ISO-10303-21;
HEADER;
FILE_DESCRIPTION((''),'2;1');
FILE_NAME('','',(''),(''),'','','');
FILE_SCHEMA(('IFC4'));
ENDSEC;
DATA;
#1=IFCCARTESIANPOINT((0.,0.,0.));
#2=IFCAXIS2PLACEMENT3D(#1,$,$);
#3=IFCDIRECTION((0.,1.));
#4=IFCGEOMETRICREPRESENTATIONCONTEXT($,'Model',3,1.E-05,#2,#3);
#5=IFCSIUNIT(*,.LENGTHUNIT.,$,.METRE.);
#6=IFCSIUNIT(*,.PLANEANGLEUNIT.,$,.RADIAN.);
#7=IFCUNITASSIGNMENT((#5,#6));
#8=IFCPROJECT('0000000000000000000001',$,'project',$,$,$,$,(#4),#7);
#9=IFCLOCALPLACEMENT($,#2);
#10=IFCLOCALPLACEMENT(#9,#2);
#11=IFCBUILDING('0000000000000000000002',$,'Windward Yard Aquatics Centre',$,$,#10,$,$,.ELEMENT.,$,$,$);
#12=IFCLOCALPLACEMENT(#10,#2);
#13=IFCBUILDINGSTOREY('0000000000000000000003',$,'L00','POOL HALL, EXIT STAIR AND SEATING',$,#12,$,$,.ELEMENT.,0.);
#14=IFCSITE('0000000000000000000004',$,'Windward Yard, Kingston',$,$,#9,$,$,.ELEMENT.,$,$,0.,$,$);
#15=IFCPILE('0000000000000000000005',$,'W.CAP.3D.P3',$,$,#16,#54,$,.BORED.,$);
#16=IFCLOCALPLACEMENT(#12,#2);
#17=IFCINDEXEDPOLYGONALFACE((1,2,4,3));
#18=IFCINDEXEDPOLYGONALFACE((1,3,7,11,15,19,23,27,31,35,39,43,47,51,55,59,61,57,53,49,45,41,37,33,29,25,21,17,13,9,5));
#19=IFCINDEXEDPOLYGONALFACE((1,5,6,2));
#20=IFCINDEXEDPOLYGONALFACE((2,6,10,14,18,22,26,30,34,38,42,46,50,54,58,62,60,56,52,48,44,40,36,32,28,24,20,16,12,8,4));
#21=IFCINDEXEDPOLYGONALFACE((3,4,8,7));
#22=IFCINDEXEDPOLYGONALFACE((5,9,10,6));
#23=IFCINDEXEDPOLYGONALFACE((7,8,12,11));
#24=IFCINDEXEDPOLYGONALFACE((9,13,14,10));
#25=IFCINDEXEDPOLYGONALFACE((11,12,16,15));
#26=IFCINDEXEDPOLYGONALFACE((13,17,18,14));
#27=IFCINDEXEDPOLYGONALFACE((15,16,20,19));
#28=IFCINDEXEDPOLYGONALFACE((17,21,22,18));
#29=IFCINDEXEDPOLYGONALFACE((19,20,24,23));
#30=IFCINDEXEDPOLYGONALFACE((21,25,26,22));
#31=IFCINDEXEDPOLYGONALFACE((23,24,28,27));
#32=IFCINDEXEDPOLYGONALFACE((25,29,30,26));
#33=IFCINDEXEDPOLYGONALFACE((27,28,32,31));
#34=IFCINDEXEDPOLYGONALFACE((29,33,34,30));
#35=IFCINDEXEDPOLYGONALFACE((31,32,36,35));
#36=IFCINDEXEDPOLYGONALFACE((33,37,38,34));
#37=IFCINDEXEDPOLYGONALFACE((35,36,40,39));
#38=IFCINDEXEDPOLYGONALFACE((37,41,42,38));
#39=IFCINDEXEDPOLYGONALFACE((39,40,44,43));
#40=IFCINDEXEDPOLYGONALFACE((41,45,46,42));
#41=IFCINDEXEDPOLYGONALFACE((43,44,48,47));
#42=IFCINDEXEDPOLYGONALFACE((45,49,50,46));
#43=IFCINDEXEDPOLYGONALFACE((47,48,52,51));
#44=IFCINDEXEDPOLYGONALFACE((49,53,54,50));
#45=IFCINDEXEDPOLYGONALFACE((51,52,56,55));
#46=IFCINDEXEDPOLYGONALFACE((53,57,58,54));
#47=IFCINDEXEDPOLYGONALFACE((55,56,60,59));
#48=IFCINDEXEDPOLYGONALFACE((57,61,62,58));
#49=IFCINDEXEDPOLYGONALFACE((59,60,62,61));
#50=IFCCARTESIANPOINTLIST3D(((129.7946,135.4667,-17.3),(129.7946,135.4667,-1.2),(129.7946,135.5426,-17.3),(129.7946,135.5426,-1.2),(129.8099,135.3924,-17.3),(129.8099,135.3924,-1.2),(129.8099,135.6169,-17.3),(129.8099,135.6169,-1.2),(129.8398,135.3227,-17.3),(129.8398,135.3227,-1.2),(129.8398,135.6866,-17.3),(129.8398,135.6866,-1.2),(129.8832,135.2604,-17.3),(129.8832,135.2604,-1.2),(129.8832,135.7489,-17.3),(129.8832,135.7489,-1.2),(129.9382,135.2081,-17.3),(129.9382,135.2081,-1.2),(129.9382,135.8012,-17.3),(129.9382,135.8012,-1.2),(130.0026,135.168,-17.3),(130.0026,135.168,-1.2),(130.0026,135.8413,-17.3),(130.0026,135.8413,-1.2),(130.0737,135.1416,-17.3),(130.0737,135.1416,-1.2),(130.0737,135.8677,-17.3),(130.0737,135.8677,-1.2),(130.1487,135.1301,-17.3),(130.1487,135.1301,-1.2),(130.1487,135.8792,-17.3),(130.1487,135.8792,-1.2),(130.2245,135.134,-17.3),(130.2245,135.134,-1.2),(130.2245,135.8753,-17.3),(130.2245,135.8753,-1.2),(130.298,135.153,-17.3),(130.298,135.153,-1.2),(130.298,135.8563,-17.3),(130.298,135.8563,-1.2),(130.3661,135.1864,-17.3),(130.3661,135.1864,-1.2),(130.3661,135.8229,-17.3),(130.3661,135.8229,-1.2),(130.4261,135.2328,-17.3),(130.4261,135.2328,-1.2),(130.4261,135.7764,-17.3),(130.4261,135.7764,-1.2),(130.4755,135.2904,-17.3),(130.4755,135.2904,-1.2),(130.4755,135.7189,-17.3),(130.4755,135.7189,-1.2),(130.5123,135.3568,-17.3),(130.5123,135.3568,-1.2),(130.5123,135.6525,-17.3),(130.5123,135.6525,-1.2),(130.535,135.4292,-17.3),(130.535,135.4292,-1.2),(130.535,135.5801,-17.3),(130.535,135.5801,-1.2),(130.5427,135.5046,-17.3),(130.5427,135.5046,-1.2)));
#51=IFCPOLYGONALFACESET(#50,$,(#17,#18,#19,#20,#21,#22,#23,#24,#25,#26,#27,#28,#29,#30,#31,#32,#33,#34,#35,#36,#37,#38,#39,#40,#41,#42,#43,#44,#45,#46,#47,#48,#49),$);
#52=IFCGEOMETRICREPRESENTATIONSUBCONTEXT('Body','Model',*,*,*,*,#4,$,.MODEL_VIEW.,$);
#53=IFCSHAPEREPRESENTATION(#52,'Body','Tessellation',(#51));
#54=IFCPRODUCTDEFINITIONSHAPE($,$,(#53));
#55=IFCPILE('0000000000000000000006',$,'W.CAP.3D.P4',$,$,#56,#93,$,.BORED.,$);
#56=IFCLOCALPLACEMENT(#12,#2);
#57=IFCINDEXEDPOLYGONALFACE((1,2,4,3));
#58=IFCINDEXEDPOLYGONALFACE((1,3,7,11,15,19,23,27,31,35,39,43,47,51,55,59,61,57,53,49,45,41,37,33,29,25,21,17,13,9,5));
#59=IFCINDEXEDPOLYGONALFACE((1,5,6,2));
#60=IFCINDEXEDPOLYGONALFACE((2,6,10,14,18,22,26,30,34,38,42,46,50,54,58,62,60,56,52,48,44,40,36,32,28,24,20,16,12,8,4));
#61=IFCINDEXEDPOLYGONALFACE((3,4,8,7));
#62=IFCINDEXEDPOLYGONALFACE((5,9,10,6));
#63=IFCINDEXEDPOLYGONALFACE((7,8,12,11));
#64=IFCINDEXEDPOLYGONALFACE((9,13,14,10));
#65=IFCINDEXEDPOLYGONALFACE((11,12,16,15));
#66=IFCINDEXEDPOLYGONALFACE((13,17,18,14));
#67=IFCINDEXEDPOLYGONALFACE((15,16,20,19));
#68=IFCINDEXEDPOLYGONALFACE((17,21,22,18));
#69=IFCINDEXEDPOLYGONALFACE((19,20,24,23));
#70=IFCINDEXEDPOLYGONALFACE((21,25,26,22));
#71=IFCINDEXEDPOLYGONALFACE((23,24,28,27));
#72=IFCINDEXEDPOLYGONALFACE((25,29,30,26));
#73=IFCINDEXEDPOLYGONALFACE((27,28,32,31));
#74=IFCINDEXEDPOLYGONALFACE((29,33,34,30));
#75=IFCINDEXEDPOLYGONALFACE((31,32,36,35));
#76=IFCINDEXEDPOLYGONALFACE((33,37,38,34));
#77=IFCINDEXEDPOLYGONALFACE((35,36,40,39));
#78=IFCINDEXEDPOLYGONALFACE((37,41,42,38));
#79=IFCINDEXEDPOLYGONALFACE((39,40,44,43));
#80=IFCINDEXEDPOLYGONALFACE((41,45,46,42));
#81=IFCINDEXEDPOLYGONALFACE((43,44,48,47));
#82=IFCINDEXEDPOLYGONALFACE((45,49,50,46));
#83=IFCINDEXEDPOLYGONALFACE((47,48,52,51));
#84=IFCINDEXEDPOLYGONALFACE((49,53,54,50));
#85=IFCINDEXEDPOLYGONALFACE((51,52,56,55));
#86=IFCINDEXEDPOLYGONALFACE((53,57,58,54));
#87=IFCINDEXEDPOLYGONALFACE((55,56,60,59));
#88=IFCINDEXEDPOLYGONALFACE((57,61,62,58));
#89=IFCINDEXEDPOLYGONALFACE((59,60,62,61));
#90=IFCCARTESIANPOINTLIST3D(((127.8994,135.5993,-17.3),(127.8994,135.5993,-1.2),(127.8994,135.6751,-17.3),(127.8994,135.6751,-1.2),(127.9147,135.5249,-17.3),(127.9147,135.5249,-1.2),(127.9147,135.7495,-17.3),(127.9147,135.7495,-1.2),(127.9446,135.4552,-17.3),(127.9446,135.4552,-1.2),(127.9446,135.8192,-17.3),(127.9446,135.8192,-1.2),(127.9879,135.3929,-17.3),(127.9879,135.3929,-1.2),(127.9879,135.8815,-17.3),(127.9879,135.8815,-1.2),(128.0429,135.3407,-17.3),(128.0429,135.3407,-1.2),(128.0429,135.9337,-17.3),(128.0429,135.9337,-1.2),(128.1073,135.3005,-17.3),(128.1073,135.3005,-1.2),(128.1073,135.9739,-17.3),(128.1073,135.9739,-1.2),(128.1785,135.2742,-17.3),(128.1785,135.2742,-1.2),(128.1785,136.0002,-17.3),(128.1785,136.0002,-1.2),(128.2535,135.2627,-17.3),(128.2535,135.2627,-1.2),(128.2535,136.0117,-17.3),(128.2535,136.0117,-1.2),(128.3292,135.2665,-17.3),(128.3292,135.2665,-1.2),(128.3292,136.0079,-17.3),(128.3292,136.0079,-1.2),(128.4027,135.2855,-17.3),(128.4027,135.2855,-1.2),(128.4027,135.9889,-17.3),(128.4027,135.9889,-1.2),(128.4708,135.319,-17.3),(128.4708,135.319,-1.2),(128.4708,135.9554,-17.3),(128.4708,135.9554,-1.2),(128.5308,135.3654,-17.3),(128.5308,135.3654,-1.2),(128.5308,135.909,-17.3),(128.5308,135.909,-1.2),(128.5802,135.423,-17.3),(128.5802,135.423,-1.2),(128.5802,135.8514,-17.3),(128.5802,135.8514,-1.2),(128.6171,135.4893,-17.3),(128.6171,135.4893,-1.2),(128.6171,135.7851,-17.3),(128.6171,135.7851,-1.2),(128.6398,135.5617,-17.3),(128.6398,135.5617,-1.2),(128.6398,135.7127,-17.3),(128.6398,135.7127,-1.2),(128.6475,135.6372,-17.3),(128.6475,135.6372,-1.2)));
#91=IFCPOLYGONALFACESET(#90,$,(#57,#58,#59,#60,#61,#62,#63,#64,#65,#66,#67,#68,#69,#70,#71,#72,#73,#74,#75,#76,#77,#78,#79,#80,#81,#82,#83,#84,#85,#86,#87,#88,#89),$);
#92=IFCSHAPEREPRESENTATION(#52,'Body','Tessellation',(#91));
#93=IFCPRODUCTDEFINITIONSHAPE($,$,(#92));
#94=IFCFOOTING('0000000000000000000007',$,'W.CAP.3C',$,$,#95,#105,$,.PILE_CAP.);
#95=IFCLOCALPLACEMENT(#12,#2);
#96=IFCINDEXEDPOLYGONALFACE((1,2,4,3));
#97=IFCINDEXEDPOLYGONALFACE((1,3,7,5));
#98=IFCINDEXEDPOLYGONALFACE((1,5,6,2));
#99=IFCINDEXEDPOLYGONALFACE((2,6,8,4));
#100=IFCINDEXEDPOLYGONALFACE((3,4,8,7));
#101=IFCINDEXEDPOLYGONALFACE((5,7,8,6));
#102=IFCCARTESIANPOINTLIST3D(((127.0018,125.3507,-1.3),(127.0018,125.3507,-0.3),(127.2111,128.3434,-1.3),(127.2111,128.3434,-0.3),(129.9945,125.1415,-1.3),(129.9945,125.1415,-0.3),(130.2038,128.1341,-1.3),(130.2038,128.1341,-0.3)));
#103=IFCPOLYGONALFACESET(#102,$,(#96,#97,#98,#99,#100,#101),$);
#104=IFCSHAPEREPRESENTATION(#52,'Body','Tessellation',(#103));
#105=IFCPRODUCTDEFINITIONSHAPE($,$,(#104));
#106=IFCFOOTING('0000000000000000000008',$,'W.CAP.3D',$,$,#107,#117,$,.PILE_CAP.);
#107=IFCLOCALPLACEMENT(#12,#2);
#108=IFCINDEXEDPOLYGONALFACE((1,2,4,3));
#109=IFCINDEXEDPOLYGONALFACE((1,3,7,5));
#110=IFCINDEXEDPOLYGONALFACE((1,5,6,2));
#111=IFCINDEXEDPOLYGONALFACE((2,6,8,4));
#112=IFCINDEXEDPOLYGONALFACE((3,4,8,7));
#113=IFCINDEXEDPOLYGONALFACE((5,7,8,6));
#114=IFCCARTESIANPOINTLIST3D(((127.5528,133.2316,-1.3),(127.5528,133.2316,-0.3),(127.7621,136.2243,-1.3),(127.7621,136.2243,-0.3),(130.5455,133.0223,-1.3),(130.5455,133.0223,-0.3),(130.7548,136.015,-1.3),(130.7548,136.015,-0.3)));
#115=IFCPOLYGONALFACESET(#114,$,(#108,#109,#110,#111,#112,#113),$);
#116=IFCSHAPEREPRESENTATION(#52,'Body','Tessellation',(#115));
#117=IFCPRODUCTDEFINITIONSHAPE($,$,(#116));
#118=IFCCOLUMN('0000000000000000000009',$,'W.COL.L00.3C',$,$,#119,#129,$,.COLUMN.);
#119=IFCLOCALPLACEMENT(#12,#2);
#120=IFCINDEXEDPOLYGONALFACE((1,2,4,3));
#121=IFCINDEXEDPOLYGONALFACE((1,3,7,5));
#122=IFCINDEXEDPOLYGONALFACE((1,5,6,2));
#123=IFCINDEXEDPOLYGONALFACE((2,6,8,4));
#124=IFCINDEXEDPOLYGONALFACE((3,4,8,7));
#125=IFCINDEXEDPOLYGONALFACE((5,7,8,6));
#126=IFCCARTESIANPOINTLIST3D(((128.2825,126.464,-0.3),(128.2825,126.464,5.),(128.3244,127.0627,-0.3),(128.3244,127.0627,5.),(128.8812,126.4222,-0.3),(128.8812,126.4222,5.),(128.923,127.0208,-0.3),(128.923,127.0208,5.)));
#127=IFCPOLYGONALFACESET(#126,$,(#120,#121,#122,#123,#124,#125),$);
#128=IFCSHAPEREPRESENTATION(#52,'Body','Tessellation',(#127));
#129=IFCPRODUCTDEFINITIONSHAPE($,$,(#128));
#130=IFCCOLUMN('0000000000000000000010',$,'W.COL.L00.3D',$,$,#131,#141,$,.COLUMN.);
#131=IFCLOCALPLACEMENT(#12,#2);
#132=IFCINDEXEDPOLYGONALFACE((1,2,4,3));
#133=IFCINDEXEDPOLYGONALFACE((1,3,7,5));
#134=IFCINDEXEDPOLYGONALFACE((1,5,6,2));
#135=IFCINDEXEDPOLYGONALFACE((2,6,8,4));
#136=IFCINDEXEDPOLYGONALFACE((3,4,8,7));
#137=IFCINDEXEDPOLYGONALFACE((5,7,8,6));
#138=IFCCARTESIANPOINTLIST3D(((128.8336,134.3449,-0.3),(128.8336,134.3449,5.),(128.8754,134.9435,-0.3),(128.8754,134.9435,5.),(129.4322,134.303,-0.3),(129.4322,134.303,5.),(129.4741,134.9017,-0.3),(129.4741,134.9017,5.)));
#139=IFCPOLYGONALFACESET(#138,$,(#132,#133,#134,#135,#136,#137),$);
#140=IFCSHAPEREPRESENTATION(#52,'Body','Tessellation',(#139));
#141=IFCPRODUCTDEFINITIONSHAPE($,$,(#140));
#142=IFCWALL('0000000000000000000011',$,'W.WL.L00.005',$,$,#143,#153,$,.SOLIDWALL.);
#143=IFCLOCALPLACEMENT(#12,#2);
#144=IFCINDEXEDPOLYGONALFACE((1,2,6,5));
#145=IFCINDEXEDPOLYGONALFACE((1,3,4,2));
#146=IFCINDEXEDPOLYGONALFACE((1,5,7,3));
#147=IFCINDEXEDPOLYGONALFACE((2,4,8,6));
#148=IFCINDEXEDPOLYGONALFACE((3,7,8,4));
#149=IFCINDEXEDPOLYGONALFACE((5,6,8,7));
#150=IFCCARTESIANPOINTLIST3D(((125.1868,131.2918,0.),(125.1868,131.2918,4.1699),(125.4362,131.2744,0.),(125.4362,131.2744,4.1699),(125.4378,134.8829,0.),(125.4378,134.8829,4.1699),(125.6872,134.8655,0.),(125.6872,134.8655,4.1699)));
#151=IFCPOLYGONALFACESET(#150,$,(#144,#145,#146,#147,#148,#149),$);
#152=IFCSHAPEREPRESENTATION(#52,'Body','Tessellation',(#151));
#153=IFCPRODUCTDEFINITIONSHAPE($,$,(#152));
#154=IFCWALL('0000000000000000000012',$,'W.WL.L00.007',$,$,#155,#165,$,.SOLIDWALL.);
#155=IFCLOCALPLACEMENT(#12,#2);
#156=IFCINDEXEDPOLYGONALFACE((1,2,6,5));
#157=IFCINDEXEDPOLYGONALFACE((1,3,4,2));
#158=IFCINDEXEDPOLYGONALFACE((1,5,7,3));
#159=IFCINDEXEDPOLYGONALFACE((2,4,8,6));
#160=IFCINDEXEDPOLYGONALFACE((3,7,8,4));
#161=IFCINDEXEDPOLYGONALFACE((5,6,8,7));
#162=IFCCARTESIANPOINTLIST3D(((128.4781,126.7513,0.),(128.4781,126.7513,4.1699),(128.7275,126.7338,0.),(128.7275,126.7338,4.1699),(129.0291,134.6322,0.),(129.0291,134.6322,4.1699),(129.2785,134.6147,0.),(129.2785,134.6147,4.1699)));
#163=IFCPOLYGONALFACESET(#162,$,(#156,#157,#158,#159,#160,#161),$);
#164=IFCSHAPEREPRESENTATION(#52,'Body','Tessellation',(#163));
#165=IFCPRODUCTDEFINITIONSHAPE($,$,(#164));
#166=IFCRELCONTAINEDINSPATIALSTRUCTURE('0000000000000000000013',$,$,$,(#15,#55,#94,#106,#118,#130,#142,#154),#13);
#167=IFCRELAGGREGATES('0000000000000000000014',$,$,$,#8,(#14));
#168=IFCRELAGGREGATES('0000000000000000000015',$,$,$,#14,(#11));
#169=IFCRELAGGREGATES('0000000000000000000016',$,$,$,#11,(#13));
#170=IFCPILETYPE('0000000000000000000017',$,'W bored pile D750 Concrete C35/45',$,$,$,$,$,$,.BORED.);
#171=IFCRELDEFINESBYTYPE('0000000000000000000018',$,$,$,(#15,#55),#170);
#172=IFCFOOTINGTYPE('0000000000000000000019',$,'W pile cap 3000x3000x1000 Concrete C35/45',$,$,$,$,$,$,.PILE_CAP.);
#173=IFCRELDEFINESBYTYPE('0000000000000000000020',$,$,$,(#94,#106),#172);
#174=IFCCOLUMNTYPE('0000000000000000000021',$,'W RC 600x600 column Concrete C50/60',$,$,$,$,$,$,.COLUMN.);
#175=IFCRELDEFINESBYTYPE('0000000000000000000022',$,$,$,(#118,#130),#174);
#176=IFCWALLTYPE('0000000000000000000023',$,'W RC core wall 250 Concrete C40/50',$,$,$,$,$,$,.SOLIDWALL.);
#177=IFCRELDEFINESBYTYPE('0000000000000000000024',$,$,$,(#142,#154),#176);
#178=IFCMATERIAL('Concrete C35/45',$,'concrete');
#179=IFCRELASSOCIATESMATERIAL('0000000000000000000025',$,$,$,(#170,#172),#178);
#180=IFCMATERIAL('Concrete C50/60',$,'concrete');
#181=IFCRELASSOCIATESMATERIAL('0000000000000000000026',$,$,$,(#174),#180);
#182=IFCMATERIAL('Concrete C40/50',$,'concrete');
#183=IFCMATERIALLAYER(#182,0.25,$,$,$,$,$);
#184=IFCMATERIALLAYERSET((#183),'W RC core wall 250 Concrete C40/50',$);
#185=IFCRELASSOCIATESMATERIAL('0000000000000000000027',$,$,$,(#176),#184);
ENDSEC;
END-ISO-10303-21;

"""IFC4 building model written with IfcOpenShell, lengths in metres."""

from ifc_helpers import new_model, si_unit, direction, frame, frame_2d, origin, origin_2d, place, context, subcontext, project, spatial, rectangle, circle, extrude, material, layer, layer_set, material_profile, profile_set, type_object, element, save


model = new_model("IFC4")

# Units and contexts
model_context = context("Model", 3, precision=1e-05, world=origin(), true_north=direction((0.0, 1.0)))
body_context = subcontext(model_context, "Body", "Model", "MODEL_VIEW")
ifc_project = project(units=[si_unit("LENGTHUNIT", "METRE"), si_unit("PLANEANGLEUNIT", "RADIAN")], contexts=[model_context])

# Site, building, storey
site_placement = place(None, origin())
site = spatial("IfcSite", under=ifc_project, at=site_placement, Name="Windward Yard, Kingston", CompositionType="ELEMENT", RefElevation=0.0)
building_placement = place(site_placement, origin())
building = spatial("IfcBuilding", under=site, at=building_placement, Name="Windward Yard Aquatics Centre", CompositionType="ELEMENT")
storey_placement = place(building_placement, origin())
storey = spatial("IfcBuildingStorey", under=building, at=storey_placement, Name="L00", Description="POOL HALL, EXIT STAIR AND SEATING", CompositionType="ELEMENT", Elevation=0.0)

# Piles
ifc_material_1 = material(Name="Concrete C35/45", Category="concrete")
ifc_material_profile_1 = material_profile(ifc_material_1, circle(Radius=0.375, at=origin_2d()), Name="D750")
ifc_profile_set_1 = profile_set([ifc_material_profile_1], Name="Concrete C35/45")
pile_type_1 = type_object("IfcPileType", Name="W bored pile D750 Concrete C35/45", PredefinedType="BORED", material=ifc_profile_set_1)
for number, where, z_axis, x_axis, name in (
    (1, (130.1677, 135.5046, -1.2), (0.0, 0.0, -1.0), (1.0, 0.0, 0.0), "W.CAP.3D.P3"),
    (2, (128.2725, 135.6372, -1.2), (0.0, 0.0, -1.0), (1.0, 0.0, 0.0), "W.CAP.3D.P4"),
):
    element("IfcPile", number, at=place(storey_placement, frame(where, z_axis=z_axis, x_axis=x_axis)), inside=storey, type_object=pile_type_1, Name=name, PredefinedType="BORED", context=body_context, shape_type="SweptSolid", body=[
        extrude(circle(Radius=0.375, at=origin_2d()), origin(), (0.0, 0.0, 1.0), 16.1001),
    ])

# Footings
footing_type = type_object("IfcFootingType", Name="W pile cap 3000x3000x1000 Concrete C35/45", PredefinedType="PILE_CAP", material=ifc_material_1)
for number, where, z_axis, x_axis, name in (
    (3, (128.6028, 126.7424, -1.3), (0.0, 0.0, 1.0), (0.997564, -0.069756, 0.0), "W.CAP.3C"),
    (4, (129.1538, 134.6233, -1.3), (0.0, 0.0, 1.0), (0.997564, -0.069756, 0.0), "W.CAP.3D"),
):
    element("IfcFooting", number, at=place(storey_placement, frame(where, z_axis=z_axis, x_axis=x_axis)), inside=storey, type_object=footing_type, Name=name, PredefinedType="PILE_CAP", context=body_context, shape_type="SweptSolid", body=[
        extrude(rectangle(XDim=3.0, YDim=3.0, at=origin_2d()), origin(), (0.0, 0.0, 1.0), 1.0),
    ])

# Columns
ifc_material_2 = material(Name="Concrete C50/60", Category="concrete")
ifc_material_profile_2 = material_profile(ifc_material_2, rectangle(XDim=0.6001, YDim=0.6001, at=origin_2d()), Name="RC 600x600")
ifc_profile_set_2 = profile_set([ifc_material_profile_2], Name="Concrete C50/60")
column_type = type_object("IfcColumnType", Name="W RC 600x600 column Concrete C50/60", PredefinedType="COLUMN", material=ifc_profile_set_2)
for number, where, z_axis, x_axis, name in (
    (5, (128.6028, 126.7424, -0.3), (0.0, 0.0, 1.0), (0.997564, -0.069756, 0.0), "W.COL.L00.3C"),
    (6, (129.1538, 134.6233, -0.3), (0.0, 0.0, 1.0), (0.997564, -0.069756, 0.0), "W.COL.L00.3D"),
):
    element("IfcColumn", number, at=place(storey_placement, frame(where, z_axis=z_axis, x_axis=x_axis)), inside=storey, type_object=column_type, Name=name, PredefinedType="COLUMN", context=body_context, shape_type="SweptSolid", body=[
        extrude(rectangle(XDim=0.6001, YDim=0.6001, at=origin_2d()), origin(), (0.0, 0.0, 1.0), 5.3),
    ])

# Walls
ifc_material_3 = material(Name="Concrete C40/50", Category="concrete")
ifc_layer_1 = layer(ifc_material_3, 0.25)
ifc_layer_set_1 = layer_set([ifc_layer_1], Name="W RC core wall 250 Concrete C40/50")
wall_type_1 = type_object("IfcWallType", Name="W RC core wall 250 Concrete C40/50", PredefinedType="SOLIDWALL", material=ifc_layer_set_1)
wall_1_placement = place(storey_placement, frame((125.3115, 131.2832, 0.0), z_axis=(0.0, 0.0, 1.0), x_axis=(0.069719, 0.997567, 0.0)))
element("IfcWall", 7, at=wall_1_placement, inside=storey, type_object=wall_type_1, Name="W.WL.L00.005", PredefinedType="SOLIDWALL", context=body_context, shape_type="SweptSolid", body=[
    extrude(rectangle(XDim=3.5999, YDim=0.25, at=frame_2d((1.7998, 0.0))), origin(), (0.0, 0.0, 1.0), 4.1699),
])
wall_2_placement = place(storey_placement, frame((128.6028, 126.7424, 0.0), z_axis=(0.0, 0.0, 1.0), x_axis=(0.069749, 0.997565, 0.0)))
element("IfcWall", 8, at=wall_2_placement, inside=storey, type_object=wall_type_1, Name="W.WL.L00.007", PredefinedType="SOLIDWALL", context=body_context, shape_type="SweptSolid", body=[
    extrude(rectangle(XDim=7.9001, YDim=0.25, at=frame_2d((3.9502, 0.0))), origin(), (0.0, 0.0, 1.0), 4.1699),
])

save(model, "model.ifc")
